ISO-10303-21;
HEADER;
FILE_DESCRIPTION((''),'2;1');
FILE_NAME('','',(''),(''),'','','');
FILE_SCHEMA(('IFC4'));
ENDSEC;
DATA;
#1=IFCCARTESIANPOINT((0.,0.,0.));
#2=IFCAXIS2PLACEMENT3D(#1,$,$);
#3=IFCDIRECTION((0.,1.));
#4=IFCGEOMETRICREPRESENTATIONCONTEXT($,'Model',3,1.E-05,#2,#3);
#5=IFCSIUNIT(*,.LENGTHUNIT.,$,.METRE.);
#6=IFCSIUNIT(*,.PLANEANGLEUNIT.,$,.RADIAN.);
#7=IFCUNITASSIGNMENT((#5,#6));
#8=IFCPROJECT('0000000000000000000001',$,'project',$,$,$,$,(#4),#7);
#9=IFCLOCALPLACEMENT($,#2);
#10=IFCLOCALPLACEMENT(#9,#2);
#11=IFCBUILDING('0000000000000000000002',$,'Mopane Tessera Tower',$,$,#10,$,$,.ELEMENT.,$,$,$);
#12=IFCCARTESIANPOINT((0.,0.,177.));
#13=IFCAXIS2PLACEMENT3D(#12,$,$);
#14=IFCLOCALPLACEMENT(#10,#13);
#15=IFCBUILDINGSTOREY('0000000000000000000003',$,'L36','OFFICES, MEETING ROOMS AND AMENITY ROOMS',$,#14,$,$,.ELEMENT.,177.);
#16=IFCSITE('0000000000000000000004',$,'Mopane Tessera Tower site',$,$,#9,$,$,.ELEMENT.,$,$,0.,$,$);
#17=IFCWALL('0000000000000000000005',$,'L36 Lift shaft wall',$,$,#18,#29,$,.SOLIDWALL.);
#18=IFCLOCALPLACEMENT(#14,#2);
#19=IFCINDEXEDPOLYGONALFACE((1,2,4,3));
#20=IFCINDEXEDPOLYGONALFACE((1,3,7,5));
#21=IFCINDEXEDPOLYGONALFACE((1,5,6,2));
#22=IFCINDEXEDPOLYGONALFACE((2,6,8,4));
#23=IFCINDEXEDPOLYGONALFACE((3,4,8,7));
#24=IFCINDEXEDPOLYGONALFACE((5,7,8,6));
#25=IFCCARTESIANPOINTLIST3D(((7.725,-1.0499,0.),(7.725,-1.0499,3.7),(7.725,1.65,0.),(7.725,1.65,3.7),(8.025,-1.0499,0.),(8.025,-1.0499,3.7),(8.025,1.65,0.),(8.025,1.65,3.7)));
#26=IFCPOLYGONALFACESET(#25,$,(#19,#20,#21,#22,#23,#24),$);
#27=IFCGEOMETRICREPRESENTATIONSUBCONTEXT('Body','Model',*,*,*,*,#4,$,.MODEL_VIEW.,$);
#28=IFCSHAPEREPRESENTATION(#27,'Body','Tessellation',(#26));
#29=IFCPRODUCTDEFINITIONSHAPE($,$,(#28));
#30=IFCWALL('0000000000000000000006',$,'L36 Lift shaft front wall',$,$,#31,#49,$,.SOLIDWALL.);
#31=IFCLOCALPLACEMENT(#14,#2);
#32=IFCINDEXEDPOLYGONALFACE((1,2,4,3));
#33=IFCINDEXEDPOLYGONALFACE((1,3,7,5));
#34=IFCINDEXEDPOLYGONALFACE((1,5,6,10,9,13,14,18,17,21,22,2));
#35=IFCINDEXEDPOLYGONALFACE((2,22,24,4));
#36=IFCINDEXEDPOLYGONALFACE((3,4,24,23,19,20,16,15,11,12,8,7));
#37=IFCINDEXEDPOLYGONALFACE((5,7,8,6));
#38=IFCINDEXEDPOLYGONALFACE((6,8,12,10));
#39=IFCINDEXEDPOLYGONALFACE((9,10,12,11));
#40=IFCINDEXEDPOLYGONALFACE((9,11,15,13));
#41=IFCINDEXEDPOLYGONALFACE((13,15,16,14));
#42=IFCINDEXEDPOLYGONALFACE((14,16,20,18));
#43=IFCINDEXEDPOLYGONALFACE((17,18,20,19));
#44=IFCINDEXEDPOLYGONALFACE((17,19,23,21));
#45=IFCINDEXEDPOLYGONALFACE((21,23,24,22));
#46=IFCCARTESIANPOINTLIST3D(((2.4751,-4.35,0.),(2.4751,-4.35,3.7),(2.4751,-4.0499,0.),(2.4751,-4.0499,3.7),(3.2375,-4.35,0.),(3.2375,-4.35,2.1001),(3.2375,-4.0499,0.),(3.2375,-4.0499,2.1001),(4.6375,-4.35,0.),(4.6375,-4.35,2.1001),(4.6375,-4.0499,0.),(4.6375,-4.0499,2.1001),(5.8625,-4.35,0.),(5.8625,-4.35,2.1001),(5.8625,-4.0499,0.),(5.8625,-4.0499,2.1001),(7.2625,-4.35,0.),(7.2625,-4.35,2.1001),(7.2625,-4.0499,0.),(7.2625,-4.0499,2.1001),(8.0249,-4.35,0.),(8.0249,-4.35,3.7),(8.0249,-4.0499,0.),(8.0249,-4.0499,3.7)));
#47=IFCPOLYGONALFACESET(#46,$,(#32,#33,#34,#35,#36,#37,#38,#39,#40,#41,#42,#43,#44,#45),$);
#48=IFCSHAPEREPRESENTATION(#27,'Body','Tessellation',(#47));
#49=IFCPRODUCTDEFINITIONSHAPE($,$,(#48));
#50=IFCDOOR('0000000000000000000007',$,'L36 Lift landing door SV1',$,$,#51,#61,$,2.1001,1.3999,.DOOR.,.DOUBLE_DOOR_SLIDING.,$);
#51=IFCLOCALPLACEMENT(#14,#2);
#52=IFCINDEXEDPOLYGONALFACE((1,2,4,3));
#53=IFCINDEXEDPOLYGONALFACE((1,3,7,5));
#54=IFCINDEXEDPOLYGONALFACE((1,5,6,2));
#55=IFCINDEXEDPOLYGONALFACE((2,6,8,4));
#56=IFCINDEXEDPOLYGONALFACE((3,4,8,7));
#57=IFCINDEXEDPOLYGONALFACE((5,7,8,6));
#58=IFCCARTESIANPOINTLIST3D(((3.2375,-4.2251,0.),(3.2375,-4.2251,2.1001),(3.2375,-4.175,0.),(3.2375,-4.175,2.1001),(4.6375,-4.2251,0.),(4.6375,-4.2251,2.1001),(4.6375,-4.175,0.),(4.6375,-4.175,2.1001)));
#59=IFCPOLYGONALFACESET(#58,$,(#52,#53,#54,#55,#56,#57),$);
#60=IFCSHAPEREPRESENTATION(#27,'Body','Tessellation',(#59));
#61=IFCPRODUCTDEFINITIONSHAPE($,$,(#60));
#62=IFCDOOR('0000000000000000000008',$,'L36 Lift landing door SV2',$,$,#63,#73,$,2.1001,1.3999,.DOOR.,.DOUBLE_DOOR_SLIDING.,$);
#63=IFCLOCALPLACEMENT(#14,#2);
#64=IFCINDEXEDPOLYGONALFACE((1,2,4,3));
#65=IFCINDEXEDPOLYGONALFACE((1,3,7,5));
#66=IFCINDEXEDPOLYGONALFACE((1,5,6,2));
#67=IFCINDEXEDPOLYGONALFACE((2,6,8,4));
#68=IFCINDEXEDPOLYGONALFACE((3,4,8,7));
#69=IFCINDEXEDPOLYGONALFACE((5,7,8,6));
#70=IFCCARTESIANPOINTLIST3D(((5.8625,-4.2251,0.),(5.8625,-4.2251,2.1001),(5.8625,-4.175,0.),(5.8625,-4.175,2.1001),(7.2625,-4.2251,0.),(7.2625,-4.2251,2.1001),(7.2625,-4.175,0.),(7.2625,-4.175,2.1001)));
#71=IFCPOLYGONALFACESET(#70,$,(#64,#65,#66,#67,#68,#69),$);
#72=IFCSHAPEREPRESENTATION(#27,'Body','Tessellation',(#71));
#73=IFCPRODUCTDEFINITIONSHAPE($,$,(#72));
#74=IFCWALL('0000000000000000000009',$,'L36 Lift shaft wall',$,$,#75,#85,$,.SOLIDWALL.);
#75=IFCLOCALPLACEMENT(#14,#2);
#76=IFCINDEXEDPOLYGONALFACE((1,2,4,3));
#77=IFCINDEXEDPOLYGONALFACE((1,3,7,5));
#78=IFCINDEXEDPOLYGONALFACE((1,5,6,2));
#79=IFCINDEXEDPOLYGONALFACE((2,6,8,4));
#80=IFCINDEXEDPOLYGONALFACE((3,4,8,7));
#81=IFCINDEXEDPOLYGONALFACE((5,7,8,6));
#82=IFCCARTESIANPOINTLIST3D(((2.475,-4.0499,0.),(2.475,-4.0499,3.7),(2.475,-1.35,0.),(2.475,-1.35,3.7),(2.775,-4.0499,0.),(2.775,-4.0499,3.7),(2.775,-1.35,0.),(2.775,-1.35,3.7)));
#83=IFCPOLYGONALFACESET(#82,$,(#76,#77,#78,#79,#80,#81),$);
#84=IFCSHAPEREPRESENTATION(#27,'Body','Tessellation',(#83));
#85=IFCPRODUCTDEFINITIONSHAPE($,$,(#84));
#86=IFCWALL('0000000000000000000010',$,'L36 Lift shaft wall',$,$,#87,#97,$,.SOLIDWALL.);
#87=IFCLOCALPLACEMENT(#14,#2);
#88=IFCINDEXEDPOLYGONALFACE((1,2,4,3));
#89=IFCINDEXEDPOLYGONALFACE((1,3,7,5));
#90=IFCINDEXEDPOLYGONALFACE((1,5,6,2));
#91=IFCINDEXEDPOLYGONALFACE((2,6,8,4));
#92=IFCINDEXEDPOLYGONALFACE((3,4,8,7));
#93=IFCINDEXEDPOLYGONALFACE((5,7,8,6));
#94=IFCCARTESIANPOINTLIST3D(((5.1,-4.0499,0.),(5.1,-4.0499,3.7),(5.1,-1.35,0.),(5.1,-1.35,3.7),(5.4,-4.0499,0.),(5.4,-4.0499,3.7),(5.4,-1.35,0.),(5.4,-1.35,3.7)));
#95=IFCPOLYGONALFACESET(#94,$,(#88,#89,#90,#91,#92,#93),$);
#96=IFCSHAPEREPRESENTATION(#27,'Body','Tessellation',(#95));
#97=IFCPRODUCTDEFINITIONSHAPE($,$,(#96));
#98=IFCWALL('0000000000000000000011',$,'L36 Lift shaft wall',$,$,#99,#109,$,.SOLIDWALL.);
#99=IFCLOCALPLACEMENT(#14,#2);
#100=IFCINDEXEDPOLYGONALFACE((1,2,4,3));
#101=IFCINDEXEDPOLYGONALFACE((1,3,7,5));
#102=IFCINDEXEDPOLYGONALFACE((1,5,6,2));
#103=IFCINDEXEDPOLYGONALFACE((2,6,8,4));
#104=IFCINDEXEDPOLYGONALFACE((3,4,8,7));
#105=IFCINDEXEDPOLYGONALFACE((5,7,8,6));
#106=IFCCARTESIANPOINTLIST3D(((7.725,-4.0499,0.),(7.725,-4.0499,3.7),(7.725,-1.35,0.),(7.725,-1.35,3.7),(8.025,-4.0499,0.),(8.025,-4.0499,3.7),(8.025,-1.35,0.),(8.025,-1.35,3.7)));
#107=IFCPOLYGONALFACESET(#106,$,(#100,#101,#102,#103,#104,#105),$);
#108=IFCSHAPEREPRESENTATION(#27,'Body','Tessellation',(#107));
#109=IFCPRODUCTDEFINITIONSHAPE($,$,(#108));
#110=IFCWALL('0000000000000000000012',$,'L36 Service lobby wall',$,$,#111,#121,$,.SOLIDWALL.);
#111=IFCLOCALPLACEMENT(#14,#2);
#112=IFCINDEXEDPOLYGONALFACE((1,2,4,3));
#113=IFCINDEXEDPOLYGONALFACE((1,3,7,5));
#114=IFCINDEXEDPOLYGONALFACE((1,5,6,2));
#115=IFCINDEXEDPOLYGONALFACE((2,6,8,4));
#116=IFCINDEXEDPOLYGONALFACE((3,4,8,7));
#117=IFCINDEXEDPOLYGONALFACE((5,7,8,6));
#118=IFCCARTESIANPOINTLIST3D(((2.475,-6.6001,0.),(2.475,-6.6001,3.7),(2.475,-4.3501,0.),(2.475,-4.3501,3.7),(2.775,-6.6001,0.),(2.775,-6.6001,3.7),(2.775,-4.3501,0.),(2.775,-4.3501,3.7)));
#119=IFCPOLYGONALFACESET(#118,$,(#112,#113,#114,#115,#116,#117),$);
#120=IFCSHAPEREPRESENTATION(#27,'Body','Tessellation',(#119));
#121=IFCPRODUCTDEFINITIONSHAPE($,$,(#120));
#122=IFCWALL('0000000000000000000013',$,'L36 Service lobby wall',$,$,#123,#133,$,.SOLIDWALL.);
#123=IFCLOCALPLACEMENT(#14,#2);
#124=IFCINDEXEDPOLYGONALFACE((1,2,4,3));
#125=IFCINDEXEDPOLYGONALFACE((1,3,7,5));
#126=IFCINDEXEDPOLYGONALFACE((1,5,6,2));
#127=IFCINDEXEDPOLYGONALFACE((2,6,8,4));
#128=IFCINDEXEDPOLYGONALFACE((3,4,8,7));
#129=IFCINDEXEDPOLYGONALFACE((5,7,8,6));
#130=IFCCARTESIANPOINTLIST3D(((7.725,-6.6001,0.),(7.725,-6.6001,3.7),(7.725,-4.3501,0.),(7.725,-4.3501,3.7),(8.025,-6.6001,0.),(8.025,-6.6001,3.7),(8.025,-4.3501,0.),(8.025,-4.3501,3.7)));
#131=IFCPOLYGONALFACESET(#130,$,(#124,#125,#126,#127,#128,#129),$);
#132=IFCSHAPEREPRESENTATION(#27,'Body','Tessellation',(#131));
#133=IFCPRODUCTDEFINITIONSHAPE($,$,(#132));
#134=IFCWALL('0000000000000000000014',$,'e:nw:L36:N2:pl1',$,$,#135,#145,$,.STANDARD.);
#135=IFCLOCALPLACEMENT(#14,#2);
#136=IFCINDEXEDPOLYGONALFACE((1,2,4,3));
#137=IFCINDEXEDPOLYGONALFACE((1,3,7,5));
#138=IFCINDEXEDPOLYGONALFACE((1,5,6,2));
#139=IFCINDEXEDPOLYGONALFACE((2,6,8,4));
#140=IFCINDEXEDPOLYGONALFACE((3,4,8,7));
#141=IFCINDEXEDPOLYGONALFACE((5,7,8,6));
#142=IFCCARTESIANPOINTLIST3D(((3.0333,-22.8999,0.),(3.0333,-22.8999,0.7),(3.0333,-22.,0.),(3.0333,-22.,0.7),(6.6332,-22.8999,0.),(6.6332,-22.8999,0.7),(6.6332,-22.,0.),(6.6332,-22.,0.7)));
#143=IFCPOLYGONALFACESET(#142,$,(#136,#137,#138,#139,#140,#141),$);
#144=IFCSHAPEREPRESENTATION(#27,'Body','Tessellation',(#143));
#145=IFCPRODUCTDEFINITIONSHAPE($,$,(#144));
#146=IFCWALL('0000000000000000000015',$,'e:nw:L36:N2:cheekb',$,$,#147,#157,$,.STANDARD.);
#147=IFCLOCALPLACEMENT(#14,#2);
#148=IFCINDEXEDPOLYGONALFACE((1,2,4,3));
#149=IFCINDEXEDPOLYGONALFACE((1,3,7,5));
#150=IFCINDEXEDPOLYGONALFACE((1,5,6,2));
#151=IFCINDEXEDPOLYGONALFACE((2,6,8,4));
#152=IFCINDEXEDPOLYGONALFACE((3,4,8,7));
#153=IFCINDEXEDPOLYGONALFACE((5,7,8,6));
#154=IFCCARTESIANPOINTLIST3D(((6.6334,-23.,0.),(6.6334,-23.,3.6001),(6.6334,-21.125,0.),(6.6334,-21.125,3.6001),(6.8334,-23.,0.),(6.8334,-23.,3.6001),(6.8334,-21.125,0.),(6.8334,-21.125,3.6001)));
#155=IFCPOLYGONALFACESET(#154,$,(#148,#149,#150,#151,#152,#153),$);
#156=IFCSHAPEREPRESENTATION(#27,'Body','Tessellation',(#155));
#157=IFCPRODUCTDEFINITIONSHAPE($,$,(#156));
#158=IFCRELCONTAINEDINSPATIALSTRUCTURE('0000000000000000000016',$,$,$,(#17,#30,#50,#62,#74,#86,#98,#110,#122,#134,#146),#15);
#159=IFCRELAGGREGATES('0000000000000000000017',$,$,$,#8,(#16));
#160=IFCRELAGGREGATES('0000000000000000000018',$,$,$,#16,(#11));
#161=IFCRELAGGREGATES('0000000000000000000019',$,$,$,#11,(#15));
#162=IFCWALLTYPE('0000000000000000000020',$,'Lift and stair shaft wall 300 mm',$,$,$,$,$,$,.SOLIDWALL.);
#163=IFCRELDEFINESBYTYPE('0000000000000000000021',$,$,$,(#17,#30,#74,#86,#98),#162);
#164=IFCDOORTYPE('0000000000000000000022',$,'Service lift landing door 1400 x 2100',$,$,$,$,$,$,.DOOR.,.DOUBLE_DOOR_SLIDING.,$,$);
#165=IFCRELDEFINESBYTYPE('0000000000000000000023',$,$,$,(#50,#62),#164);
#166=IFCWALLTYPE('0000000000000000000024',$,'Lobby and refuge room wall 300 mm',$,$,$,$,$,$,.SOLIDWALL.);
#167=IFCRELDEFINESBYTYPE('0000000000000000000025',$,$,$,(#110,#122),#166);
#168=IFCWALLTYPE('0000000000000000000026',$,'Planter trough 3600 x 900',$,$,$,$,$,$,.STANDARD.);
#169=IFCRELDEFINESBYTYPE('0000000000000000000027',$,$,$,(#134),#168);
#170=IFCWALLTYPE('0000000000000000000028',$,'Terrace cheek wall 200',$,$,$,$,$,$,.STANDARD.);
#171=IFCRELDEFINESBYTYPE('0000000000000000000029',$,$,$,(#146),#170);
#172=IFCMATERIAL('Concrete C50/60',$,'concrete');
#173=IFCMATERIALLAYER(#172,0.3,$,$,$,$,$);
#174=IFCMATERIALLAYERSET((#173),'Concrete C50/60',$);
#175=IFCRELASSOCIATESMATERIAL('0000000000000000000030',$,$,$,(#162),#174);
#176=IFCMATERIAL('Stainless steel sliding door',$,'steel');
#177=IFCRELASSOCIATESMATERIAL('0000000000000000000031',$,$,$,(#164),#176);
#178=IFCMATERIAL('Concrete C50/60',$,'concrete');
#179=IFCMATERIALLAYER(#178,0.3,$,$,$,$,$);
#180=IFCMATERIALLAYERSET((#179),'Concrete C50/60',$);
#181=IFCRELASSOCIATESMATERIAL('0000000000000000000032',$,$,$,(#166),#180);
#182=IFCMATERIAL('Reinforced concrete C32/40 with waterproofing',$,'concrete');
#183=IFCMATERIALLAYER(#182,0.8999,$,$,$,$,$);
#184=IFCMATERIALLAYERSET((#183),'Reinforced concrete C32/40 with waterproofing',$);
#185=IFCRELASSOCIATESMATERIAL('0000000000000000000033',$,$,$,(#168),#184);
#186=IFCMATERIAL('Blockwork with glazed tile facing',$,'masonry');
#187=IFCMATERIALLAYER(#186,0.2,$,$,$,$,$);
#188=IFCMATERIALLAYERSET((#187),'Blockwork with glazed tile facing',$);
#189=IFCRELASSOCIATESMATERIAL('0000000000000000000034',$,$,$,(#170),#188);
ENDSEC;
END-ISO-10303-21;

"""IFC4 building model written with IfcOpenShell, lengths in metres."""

from ifc_helpers import new_model, si_unit, direction, frame, frame_2d, origin, place, context, subcontext, project, spatial, rectangle, extrude, material, layer, layer_set, type_object, element, fill, save


model = new_model("IFC4")

# Units and contexts
model_context = context("Model", 3, precision=1e-05, world=origin(), true_north=direction((0.0, 1.0)))
body_context = subcontext(model_context, "Body", "Model", "MODEL_VIEW")
ifc_project = project(units=[si_unit("LENGTHUNIT", "METRE"), si_unit("PLANEANGLEUNIT", "RADIAN")], contexts=[model_context])

# Site, building, storey
site_placement = place(None, origin())
site = spatial("IfcSite", under=ifc_project, at=site_placement, Name="Mopane Tessera Tower site", CompositionType="ELEMENT", RefElevation=0.0)
building_placement = place(site_placement, origin())
building = spatial("IfcBuilding", under=site, at=building_placement, Name="Mopane Tessera Tower", CompositionType="ELEMENT")
storey_placement = place(building_placement, frame((0.0, 0.0, 177.0)))
storey = spatial("IfcBuildingStorey", under=building, at=storey_placement, Name="L36", Description="OFFICES, MEETING ROOMS AND AMENITY ROOMS", CompositionType="ELEMENT", Elevation=177.0)

# Wall
ifc_material_1 = material(Name="Concrete C50/60", Category="concrete")
ifc_layer_1 = layer(ifc_material_1, 0.3)
ifc_layer_set_1 = layer_set([ifc_layer_1], Name="Concrete C50/60")
wall_type_1 = type_object("IfcWallType", Name="Lift and stair shaft wall 300 mm", PredefinedType="SOLIDWALL", material=ifc_layer_set_1)
for number, where, z_axis, x_axis, name in (
    (1, (7.875, -1.05, 0.0), (0.0, 0.0, 1.0), (0.0, 1.0, 0.0), "L36 Lift shaft wall"),
):
    element("IfcWall", number, at=place(storey_placement, frame(where, z_axis=z_axis, x_axis=x_axis)), inside=storey, type_object=wall_type_1, Name=name, PredefinedType="SOLIDWALL", context=body_context, shape_type="SweptSolid", body=[
        extrude(rectangle(XDim=2.7, YDim=0.3, at=frame_2d((1.3501, 0.0))), origin(), (0.0, 0.0, 1.0), 3.7),
    ])

# Wall, openings, doors
wall_1_placement = place(storey_placement, frame((2.4751, -4.2, 0.0), z_axis=(0.0, 0.0, 1.0), x_axis=(1.0, 0.0, 0.0)))
wall_1 = element("IfcWall", 2, at=wall_1_placement, inside=storey, type_object=wall_type_1, Name="L36 Lift shaft front wall", PredefinedType="SOLIDWALL", context=body_context, shape_type="SweptSolid", body=[
    extrude(rectangle(XDim=5.5498, YDim=0.3, at=frame_2d((2.7749, 0.0))), origin(), (0.0, 0.0, 1.0), 3.7),
])
opening_1_placement = place(wall_1_placement, frame((0.7625, 0.0, 0.0)))
opening_1 = element("IfcOpeningElement", 3, at=opening_1_placement, cuts=wall_1, PredefinedType="OPENING", context=body_context, shape_type="SweptSolid", body=[
    extrude(rectangle(XDim=1.3999, YDim=2.1001, at=frame_2d((0.7, 1.05))), frame((0.0, 0.1621, 0.0), z_axis=(0.0, -1.0, 0.0), x_axis=(1.0, 0.0, 0.0)), (0.0, 0.0, 1.0), 0.324),
])
opening_2_placement = place(wall_1_placement, frame((3.3875, 0.0, 0.0)))
opening_2 = element("IfcOpeningElement", 4, at=opening_2_placement, cuts=wall_1, PredefinedType="OPENING", context=body_context, shape_type="SweptSolid", body=[
    extrude(rectangle(XDim=1.3999, YDim=2.1001, at=frame_2d((0.7, 1.05))), frame((0.0, 0.1621, 0.0), z_axis=(0.0, -1.0, 0.0), x_axis=(1.0, 0.0, 0.0)), (0.0, 0.0, 1.0), 0.324),
])
ifc_material_2 = material(Name="Stainless steel sliding door", Category="steel")
door_type = type_object("IfcDoorType", Name="Service lift landing door 1400 x 2100", OperationType="DOUBLE_DOOR_SLIDING", PredefinedType="DOOR", material=ifc_material_2)
door_1_placement = place(opening_1_placement, origin())
door_1 = element("IfcDoor", 5, at=door_1_placement, inside=storey, type_object=door_type, Name="L36 Lift landing door SV1", OperationType="DOUBLE_DOOR_SLIDING", OverallHeight=2.1001, OverallWidth=1.3999, PredefinedType="DOOR", context=body_context, shape_type="SweptSolid", body=[
    extrude(rectangle(XDim=1.3999, YDim=2.1001, at=frame_2d((0.7, 1.05))), frame((0.0, 0.0249, 0.0), z_axis=(0.0, -1.0, 0.0), x_axis=(1.0, 0.0, 0.0)), (0.0, 0.0, 1.0), 0.05),
])
fill(opening_1, door_1)
door_2_placement = place(opening_2_placement, origin())
door_2 = element("IfcDoor", 6, at=door_2_placement, inside=storey, type_object=door_type, Name="L36 Lift landing door SV2", OperationType="DOUBLE_DOOR_SLIDING", OverallHeight=2.1001, OverallWidth=1.3999, PredefinedType="DOOR", context=body_context, shape_type="SweptSolid", body=[
    extrude(rectangle(XDim=1.3999, YDim=2.1001, at=frame_2d((0.7, 1.05))), frame((0.0, 0.0249, 0.0), z_axis=(0.0, -1.0, 0.0), x_axis=(1.0, 0.0, 0.0)), (0.0, 0.0, 1.0), 0.05),
])
fill(opening_2, door_2)

# Walls
for number, where, z_axis, x_axis, name in (
    (7, (2.625, -4.05, 0.0), (0.0, 0.0, 1.0), (0.0, 1.0, 0.0), "L36 Lift shaft wall"),
    (8, (5.25, -4.05, 0.0), (0.0, 0.0, 1.0), (0.0, 1.0, 0.0), "L36 Lift shaft wall"),
    (9, (7.875, -4.05, 0.0), (0.0, 0.0, 1.0), (0.0, 1.0, 0.0), "L36 Lift shaft wall"),
):
    element("IfcWall", number, at=place(storey_placement, frame(where, z_axis=z_axis, x_axis=x_axis)), inside=storey, type_object=wall_type_1, Name=name, PredefinedType="SOLIDWALL", context=body_context, shape_type="SweptSolid", body=[
        extrude(rectangle(XDim=2.7, YDim=0.3, at=frame_2d((1.3501, 0.0))), origin(), (0.0, 0.0, 1.0), 3.7),
    ])
ifc_material_3 = material(Name="Concrete C50/60", Category="concrete")
ifc_layer_2 = layer(ifc_material_3, 0.3)
ifc_layer_set_2 = layer_set([ifc_layer_2], Name="Concrete C50/60")
wall_type_2 = type_object("IfcWallType", Name="Lobby and refuge room wall 300 mm", PredefinedType="SOLIDWALL", material=ifc_layer_set_2)
for number, where, z_axis, x_axis, name in (
    (10, (2.625, -6.6001, 0.0), (0.0, 0.0, 1.0), (0.0, 1.0, 0.0), "L36 Service lobby wall"),
    (11, (7.875, -6.6001, 0.0), (0.0, 0.0, 1.0), (0.0, 1.0, 0.0), "L36 Service lobby wall"),
):
    element("IfcWall", number, at=place(storey_placement, frame(where, z_axis=z_axis, x_axis=x_axis)), inside=storey, type_object=wall_type_2, Name=name, PredefinedType="SOLIDWALL", context=body_context, shape_type="SweptSolid", body=[
        extrude(rectangle(XDim=2.25, YDim=0.3, at=frame_2d((1.125, 0.0))), origin(), (0.0, 0.0, 1.0), 3.7),
    ])
ifc_material_4 = material(Name="Reinforced concrete C32/40 with waterproofing", Category="concrete")
ifc_layer_3 = layer(ifc_material_4, 0.8999)
ifc_layer_set_3 = layer_set([ifc_layer_3], Name="Reinforced concrete C32/40 with waterproofing")
wall_type_3 = type_object("IfcWallType", Name="Planter trough 3600 x 900", PredefinedType="STANDARD", material=ifc_layer_set_3)
wall_2_placement = place(storey_placement, frame((3.0334, -22.45, 0.0), z_axis=(0.0, 0.0, 1.0), x_axis=(1.0, 0.0, 0.0)))
element("IfcWall", 12, at=wall_2_placement, inside=storey, type_object=wall_type_3, Name="e:nw:L36:N2:pl1", PredefinedType="STANDARD", context=body_context, shape_type="SweptSolid", body=[
    extrude(rectangle(XDim=3.5999, YDim=0.8999, at=frame_2d((1.7998, 0.0))), origin(), (0.0, 0.0, 1.0), 0.7),
])
ifc_material_5 = material(Name="Blockwork with glazed tile facing", Category="masonry")
ifc_layer_4 = layer(ifc_material_5, 0.2)
ifc_layer_set_4 = layer_set([ifc_layer_4], Name="Blockwork with glazed tile facing")
wall_type_4 = type_object("IfcWallType", Name="Terrace cheek wall 200", PredefinedType="STANDARD", material=ifc_layer_set_4)
wall_3_placement = place(storey_placement, frame((6.7334, -23.0, 0.0), z_axis=(0.0, 0.0, 1.0), x_axis=(0.0, 1.0, 0.0)))
element("IfcWall", 13, at=wall_3_placement, inside=storey, type_object=wall_type_4, Name="e:nw:L36:N2:cheekb", PredefinedType="STANDARD", context=body_context, shape_type="SweptSolid", body=[
    extrude(rectangle(XDim=1.875, YDim=0.2, at=frame_2d((0.9375, 0.0))), origin(), (0.0, 0.0, 1.0), 3.6001),
])

save(model, "model.ifc")
